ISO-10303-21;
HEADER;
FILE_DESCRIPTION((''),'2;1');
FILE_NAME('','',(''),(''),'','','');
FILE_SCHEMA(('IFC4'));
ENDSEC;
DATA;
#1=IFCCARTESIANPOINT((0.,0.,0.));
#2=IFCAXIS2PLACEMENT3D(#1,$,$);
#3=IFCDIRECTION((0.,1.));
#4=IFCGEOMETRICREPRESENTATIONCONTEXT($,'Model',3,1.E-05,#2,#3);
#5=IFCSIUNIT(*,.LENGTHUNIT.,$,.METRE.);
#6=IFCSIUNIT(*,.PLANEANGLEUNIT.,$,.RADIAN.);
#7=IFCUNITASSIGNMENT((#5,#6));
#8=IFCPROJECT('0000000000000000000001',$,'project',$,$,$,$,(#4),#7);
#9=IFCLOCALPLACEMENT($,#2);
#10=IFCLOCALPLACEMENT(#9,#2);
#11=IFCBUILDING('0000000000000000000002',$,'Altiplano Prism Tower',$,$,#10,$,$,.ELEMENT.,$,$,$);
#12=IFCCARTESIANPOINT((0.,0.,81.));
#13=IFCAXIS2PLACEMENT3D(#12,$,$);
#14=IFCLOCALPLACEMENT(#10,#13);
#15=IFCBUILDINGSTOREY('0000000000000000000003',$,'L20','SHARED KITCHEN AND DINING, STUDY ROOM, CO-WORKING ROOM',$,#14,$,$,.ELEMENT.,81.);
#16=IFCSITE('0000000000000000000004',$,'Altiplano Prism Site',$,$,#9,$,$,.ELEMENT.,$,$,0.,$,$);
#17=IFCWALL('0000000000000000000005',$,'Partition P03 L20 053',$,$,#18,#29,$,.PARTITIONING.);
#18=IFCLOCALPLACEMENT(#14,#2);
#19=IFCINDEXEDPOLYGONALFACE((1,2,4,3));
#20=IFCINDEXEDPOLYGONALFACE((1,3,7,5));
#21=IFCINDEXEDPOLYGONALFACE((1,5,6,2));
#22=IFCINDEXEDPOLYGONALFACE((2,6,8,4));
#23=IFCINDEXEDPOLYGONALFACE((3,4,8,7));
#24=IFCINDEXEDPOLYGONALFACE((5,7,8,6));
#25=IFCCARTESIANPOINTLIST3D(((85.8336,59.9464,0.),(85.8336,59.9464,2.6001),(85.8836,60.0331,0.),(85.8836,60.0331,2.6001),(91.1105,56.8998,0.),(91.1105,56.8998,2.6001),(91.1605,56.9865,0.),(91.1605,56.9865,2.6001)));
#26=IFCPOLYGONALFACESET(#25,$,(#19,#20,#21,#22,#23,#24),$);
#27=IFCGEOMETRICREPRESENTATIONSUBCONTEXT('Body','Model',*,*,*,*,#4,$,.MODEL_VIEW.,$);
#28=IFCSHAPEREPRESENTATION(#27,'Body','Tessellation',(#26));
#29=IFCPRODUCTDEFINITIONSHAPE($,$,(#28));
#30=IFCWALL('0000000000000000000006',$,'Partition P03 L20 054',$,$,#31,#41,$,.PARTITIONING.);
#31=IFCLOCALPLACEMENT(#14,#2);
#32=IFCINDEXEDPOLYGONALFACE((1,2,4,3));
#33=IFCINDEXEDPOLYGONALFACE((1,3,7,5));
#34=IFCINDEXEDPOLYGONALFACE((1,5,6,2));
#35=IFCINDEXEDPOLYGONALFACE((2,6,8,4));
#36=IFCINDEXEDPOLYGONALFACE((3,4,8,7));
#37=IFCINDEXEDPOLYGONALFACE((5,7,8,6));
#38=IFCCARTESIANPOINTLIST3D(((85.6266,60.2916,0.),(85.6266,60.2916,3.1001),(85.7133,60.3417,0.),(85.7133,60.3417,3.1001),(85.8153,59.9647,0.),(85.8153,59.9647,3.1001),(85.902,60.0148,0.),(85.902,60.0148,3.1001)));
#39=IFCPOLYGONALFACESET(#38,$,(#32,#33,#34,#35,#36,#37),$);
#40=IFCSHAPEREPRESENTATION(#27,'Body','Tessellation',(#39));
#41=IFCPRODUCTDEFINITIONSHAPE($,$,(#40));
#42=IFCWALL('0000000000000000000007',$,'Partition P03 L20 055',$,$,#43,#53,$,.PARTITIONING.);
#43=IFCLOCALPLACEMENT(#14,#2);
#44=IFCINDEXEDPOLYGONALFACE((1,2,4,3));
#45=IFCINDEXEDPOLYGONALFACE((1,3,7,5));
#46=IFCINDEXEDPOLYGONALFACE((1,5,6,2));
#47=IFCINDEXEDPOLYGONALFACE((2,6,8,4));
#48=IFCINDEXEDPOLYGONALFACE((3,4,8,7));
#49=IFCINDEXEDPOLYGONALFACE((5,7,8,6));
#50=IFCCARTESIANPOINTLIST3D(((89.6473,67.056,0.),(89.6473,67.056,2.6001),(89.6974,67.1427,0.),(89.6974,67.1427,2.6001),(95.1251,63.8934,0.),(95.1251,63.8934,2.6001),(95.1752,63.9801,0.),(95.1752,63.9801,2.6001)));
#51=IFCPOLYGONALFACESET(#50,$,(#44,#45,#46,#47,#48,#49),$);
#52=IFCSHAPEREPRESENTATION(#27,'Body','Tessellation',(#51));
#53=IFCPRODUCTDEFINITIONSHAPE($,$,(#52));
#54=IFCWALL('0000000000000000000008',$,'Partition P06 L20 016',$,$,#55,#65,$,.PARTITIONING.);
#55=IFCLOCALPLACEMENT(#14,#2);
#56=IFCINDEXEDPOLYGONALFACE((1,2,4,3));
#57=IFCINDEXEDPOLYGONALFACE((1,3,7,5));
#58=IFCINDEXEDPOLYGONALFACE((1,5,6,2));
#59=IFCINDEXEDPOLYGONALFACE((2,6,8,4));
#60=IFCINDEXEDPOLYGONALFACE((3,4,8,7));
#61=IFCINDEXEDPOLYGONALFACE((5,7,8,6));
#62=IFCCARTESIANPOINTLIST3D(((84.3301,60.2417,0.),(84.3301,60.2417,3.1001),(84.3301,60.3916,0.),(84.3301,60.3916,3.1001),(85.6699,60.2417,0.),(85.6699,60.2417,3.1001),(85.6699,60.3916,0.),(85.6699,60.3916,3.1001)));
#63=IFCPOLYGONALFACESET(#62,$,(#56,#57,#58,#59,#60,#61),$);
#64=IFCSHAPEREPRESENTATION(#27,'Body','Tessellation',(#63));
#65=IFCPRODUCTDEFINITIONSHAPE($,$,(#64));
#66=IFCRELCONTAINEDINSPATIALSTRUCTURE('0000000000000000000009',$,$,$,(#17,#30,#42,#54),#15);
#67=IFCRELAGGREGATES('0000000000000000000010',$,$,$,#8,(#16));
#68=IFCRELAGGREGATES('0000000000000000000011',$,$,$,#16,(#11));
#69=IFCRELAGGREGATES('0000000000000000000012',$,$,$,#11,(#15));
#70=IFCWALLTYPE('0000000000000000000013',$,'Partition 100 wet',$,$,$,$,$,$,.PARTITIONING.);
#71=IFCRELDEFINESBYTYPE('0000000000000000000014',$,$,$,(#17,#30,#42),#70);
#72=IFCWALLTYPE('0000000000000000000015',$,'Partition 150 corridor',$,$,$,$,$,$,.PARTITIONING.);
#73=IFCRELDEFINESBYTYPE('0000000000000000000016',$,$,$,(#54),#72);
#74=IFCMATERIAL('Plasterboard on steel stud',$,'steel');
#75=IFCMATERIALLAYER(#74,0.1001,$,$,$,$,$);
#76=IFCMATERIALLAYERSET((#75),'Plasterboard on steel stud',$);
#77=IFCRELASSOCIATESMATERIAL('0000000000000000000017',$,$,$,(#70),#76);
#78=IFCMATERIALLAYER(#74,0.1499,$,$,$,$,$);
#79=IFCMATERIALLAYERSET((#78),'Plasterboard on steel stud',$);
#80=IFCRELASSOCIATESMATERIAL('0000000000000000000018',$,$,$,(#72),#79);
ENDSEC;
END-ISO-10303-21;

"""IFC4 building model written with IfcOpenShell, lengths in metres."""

from ifc_helpers import new_model, si_unit, direction, frame, frame_2d, origin, place, context, subcontext, project, spatial, rectangle, extrude, material, layer, layer_set, type_object, element, save


model = new_model("IFC4")

# Units and contexts
model_context = context("Model", 3, precision=1e-05, world=origin(), true_north=direction((0.0, 1.0)))
body_context = subcontext(model_context, "Body", "Model", "MODEL_VIEW")
ifc_project = project(units=[si_unit("LENGTHUNIT", "METRE"), si_unit("PLANEANGLEUNIT", "RADIAN")], contexts=[model_context])

# Site, building, storey
site_placement = place(None, origin())
site = spatial("IfcSite", under=ifc_project, at=site_placement, Name="Altiplano Prism Site", CompositionType="ELEMENT", RefElevation=0.0)
building_placement = place(site_placement, origin())
building = spatial("IfcBuilding", under=site, at=building_placement, Name="Altiplano Prism Tower", CompositionType="ELEMENT")
storey_placement = place(building_placement, frame((0.0, 0.0, 81.0)))
storey = spatial("IfcBuildingStorey", under=building, at=storey_placement, Name="L20", Description="SHARED KITCHEN AND DINING, STUDY ROOM, CO-WORKING ROOM", CompositionType="ELEMENT", Elevation=81.0)

# Walls
ifc_material_1 = material(Name="Plasterboard on steel stud", Category="steel")
ifc_layer_1 = layer(ifc_material_1, 0.1001)
ifc_layer_set_1 = layer_set([ifc_layer_1], Name="Plasterboard on steel stud")
wall_type_1 = type_object("IfcWallType", Name="Partition 100 wet", PredefinedType="PARTITIONING", material=ifc_layer_set_1)
wall_1_placement = place(storey_placement, frame((91.1355, 56.9431, 0.0), z_axis=(0.0, 0.0, 1.0), x_axis=(-0.866023, 0.500005, 0.0)))
element("IfcWall", 1, at=wall_1_placement, inside=storey, type_object=wall_type_1, Name="Partition P03 L20 053", PredefinedType="PARTITIONING", context=body_context, shape_type="SweptSolid", body=[
    extrude(rectangle(XDim=6.0933, YDim=0.1001, at=frame_2d((3.0466, 0.0))), origin(), (0.0, 0.0, 1.0), 2.6001),
])
wall_2_placement = place(storey_placement, frame((85.8586, 59.9897, 0.0), z_axis=(0.0, 0.0, 1.0), x_axis=(-0.499965, 0.866046, 0.0)))
element("IfcWall", 2, at=wall_2_placement, inside=storey, type_object=wall_type_1, Name="Partition P03 L20 054", PredefinedType="PARTITIONING", context=body_context, shape_type="SweptSolid", body=[
    extrude(rectangle(XDim=0.3774, YDim=0.1001, at=frame_2d((0.1887, 0.0))), origin(), (0.0, 0.0, 1.0), 3.1001),
])
wall_3_placement = place(storey_placement, frame((95.1501, 63.9368, 0.0), z_axis=(0.0, 0.0, 1.0), x_axis=(-0.866026, 0.5, 0.0)))
element("IfcWall", 3, at=wall_3_placement, inside=storey, type_object=wall_type_1, Name="Partition P03 L20 055", PredefinedType="PARTITIONING", context=body_context, shape_type="SweptSolid", body=[
    extrude(rectangle(XDim=6.3252, YDim=0.1001, at=frame_2d((3.1626, 0.0))), origin(), (0.0, 0.0, 1.0), 2.6001),
])
ifc_layer_2 = layer(ifc_material_1, 0.1499)
ifc_layer_set_2 = layer_set([ifc_layer_2], Name="Plasterboard on steel stud")
wall_type_2 = type_object("IfcWallType", Name="Partition 150 corridor", PredefinedType="PARTITIONING", material=ifc_layer_set_2)
wall_4_placement = place(storey_placement, frame((84.3301, 60.3167, 0.0), z_axis=(0.0, 0.0, 1.0), x_axis=(1.0, 0.0, 0.0)))
element("IfcWall", 4, at=wall_4_placement, inside=storey, type_object=wall_type_2, Name="Partition P06 L20 016", PredefinedType="PARTITIONING", context=body_context, shape_type="SweptSolid", body=[
    extrude(rectangle(XDim=1.3398, YDim=0.1499, at=frame_2d((0.6699, 0.0))), origin(), (0.0, 0.0, 1.0), 3.1001),
])

save(model, "model.ifc")
